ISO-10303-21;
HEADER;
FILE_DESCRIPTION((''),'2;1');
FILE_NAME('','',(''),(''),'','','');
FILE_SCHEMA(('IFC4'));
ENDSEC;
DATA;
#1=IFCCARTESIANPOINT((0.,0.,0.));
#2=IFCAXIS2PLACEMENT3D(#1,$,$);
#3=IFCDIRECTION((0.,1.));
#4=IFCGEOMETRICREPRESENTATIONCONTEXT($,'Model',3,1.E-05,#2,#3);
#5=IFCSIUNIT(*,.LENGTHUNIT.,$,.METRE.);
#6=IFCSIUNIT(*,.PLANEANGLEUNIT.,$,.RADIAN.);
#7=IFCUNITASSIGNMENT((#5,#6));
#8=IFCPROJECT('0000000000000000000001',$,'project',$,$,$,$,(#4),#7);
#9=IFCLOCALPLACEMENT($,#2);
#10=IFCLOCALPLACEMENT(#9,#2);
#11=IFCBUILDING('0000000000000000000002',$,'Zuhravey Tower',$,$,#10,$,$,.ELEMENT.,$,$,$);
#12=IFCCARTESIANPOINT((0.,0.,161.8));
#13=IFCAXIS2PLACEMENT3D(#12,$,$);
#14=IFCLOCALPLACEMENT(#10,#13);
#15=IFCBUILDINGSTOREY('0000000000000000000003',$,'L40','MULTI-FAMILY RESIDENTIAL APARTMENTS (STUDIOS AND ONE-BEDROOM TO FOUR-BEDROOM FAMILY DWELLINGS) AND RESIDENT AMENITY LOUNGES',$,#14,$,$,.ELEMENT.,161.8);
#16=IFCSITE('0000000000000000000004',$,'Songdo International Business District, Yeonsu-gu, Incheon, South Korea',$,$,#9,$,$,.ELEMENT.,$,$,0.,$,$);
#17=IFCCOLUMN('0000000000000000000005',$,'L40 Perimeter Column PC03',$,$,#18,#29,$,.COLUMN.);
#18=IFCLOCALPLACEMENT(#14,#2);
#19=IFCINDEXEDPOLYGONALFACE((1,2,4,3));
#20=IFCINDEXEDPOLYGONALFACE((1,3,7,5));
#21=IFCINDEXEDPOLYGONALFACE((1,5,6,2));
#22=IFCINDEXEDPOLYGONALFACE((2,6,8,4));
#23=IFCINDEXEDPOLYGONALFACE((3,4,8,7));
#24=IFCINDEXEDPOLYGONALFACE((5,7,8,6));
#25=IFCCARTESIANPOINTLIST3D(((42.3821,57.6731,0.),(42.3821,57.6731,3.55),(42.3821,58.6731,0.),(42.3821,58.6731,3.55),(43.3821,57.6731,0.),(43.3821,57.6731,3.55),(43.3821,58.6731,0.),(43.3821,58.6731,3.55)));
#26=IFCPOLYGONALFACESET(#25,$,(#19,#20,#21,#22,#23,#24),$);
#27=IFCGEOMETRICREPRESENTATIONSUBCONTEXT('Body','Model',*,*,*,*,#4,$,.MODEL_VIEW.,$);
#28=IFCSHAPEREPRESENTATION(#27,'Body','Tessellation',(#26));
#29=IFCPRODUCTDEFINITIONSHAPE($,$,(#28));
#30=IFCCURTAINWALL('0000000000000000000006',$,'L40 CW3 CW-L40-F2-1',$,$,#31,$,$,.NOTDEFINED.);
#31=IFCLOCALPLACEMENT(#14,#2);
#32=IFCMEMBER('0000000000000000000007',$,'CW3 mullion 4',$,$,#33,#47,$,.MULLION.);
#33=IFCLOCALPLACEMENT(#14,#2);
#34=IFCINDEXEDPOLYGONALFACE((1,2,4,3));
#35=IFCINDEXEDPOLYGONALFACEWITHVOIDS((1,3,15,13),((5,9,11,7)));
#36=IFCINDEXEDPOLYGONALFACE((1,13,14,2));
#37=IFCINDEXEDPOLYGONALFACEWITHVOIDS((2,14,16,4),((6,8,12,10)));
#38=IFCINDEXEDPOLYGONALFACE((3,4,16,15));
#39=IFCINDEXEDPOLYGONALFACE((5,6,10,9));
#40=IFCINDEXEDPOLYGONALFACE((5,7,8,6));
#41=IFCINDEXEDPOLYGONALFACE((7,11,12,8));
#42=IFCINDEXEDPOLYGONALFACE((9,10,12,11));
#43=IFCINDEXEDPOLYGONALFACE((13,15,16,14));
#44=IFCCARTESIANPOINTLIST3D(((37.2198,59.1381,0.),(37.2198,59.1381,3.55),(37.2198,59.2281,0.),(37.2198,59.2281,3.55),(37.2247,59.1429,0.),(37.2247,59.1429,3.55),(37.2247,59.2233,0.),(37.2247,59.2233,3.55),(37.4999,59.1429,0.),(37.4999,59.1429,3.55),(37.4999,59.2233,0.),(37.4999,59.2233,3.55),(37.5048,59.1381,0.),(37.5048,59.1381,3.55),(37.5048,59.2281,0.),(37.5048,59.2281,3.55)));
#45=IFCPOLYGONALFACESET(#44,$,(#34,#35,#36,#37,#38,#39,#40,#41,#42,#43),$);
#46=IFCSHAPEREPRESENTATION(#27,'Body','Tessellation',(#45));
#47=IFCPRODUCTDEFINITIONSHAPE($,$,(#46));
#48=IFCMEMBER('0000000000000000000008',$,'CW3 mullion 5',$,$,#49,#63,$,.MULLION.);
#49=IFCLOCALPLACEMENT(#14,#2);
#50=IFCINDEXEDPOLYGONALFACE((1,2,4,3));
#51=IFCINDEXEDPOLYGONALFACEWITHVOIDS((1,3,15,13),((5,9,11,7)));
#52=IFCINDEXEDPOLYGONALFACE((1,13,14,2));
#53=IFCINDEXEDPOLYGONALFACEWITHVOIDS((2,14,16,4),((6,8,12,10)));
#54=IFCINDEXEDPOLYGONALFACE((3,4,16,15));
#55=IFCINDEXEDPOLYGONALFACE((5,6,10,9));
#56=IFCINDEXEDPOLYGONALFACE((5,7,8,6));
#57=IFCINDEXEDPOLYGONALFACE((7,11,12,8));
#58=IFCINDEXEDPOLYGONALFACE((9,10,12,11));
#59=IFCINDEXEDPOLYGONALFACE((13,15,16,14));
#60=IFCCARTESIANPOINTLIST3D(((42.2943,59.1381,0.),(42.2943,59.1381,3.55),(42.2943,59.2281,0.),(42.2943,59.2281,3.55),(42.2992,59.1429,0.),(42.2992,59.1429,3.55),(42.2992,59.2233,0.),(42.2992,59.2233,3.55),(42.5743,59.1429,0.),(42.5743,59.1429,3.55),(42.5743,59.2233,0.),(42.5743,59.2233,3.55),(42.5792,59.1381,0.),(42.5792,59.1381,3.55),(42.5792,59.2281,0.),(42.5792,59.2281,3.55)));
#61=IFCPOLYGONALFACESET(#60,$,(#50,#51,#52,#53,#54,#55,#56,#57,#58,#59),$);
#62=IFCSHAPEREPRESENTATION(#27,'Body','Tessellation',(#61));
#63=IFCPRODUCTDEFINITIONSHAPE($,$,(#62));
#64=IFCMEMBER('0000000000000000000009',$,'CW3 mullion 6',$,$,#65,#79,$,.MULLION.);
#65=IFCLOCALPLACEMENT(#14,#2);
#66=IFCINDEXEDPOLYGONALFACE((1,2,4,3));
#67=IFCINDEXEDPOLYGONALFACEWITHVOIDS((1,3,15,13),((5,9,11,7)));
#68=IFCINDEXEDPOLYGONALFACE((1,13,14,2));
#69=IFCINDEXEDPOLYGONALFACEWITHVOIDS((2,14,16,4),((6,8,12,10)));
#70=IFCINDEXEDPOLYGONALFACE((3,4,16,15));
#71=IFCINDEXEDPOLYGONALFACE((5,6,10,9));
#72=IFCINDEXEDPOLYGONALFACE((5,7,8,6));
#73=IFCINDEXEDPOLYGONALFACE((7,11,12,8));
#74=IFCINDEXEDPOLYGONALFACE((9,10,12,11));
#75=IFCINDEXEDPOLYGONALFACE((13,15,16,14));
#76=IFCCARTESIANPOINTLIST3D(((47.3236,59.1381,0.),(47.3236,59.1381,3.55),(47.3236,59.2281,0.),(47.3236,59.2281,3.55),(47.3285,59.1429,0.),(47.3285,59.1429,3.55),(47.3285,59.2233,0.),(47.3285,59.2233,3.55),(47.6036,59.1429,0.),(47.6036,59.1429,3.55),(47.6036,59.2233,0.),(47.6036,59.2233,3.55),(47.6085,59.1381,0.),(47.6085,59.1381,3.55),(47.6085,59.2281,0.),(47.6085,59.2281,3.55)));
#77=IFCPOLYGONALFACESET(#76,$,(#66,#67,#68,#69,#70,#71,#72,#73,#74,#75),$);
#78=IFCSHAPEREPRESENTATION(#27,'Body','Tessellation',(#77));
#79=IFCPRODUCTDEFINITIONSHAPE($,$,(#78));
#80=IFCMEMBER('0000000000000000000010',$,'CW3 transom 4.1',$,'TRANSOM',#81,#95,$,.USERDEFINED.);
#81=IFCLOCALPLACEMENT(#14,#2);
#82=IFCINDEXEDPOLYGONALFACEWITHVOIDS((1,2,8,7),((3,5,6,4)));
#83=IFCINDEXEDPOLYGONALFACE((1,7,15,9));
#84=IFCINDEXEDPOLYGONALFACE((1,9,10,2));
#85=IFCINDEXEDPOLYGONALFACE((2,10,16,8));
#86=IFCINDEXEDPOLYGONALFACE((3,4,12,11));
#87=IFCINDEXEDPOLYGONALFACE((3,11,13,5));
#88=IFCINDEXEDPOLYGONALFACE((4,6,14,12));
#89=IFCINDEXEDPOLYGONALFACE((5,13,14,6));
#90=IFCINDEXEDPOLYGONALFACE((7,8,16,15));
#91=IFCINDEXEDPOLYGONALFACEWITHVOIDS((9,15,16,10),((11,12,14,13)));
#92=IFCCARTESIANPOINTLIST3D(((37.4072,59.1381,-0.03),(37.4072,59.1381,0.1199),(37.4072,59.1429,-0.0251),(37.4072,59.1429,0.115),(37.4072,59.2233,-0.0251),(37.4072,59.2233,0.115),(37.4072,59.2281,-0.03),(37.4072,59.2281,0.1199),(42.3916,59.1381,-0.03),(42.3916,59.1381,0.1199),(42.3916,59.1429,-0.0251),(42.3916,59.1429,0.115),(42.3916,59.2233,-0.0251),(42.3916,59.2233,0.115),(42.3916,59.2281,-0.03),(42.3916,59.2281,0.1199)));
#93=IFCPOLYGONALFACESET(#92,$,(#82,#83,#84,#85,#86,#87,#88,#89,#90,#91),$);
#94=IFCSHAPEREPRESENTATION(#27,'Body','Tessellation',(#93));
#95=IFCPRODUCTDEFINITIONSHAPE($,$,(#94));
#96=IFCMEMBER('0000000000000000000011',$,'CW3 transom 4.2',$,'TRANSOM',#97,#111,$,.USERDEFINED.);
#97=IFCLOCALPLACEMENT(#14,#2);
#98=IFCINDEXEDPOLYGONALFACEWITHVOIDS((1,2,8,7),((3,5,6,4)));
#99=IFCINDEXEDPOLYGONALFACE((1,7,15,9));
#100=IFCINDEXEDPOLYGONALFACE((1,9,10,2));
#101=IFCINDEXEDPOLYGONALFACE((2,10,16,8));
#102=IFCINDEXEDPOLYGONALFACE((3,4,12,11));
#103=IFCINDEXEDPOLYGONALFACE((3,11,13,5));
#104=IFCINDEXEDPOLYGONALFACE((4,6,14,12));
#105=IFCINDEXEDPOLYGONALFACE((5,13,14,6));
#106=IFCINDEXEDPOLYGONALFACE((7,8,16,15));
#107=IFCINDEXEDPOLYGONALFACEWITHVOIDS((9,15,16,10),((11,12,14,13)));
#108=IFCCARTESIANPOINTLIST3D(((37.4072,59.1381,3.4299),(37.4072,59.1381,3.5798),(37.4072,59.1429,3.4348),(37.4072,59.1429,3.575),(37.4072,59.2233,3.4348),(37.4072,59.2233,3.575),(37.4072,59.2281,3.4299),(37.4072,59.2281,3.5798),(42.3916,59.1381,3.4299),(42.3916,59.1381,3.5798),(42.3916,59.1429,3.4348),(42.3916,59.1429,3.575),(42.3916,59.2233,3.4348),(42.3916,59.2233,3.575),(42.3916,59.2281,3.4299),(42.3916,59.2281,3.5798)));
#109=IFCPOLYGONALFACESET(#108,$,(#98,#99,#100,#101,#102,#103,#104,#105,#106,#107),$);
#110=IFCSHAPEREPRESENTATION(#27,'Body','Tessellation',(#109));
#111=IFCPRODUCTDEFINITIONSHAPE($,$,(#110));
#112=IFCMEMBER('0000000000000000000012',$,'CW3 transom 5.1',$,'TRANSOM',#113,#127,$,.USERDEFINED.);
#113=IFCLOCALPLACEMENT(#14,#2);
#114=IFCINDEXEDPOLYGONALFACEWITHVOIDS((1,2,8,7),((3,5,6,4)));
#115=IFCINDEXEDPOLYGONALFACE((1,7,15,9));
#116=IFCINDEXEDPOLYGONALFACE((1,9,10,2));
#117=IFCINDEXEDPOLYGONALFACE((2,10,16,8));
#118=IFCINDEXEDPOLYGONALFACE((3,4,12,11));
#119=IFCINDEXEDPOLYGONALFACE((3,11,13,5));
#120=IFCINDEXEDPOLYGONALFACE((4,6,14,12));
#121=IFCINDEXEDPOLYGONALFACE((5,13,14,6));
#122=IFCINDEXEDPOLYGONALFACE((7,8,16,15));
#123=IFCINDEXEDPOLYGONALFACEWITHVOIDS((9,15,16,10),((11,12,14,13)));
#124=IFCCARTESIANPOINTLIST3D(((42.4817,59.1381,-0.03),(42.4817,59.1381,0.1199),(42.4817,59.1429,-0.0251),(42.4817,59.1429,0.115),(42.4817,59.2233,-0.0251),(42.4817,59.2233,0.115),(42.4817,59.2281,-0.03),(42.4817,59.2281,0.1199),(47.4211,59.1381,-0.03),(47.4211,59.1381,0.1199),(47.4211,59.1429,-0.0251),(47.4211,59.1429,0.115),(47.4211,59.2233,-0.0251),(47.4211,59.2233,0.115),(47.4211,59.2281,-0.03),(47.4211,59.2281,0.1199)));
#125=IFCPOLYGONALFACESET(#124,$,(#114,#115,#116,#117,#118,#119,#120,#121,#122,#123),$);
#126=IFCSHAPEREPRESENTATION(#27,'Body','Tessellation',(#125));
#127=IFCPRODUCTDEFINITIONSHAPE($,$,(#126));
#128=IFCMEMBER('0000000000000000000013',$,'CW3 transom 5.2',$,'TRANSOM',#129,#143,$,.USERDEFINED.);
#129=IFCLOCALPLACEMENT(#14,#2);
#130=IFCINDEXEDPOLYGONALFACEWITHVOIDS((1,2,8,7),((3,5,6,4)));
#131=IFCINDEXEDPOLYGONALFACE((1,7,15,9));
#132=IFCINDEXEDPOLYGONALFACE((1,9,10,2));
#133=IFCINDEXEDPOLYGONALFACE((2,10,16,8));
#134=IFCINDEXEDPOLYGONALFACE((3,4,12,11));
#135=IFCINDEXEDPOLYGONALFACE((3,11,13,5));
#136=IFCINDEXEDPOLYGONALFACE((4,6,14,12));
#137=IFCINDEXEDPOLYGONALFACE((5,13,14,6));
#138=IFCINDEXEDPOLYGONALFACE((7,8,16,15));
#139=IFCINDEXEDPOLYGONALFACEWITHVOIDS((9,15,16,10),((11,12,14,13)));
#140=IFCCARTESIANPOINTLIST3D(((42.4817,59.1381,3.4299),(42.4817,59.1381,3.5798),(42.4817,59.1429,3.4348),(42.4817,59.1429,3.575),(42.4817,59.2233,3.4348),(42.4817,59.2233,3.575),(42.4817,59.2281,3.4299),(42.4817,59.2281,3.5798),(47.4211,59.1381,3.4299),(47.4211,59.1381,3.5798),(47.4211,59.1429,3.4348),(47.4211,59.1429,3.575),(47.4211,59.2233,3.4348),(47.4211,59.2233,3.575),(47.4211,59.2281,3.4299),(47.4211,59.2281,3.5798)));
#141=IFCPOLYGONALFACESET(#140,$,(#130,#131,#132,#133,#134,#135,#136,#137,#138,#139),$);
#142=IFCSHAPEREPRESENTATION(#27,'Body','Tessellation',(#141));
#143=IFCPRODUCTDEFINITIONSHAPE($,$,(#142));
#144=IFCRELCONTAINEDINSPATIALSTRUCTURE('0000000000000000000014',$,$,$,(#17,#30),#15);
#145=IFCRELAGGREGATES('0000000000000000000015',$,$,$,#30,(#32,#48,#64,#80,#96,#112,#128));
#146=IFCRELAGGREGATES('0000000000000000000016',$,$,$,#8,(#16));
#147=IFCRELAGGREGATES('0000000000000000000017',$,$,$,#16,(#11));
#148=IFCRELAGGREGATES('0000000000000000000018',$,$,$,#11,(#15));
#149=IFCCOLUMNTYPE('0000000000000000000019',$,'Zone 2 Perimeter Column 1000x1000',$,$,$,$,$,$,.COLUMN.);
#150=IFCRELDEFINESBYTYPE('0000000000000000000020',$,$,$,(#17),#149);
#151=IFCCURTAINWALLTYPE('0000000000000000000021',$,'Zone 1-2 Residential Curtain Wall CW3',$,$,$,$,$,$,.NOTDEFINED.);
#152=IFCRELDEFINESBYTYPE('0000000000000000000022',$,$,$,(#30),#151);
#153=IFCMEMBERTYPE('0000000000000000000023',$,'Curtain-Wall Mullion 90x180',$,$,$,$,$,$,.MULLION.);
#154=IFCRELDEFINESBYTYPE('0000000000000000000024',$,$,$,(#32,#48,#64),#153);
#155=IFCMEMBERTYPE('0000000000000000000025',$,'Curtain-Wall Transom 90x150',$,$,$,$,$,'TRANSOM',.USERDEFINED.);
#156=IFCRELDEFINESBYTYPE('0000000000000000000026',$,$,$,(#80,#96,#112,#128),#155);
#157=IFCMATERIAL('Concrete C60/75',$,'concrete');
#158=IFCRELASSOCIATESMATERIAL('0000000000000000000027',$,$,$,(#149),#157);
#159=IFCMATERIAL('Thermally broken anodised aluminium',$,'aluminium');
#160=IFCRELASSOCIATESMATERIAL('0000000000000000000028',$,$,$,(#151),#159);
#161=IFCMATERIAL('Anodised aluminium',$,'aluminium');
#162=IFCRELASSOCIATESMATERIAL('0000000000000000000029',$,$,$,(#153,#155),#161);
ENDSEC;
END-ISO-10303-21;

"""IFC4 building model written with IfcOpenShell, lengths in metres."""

from ifc_helpers import new_model, si_unit, direction, frame, origin, origin_2d, place, context, subcontext, project, spatial, rectangle, hollow_rectangle, extrude, material, material_profile, profile_set, type_object, element, aggregate, save


model = new_model("IFC4")

# Units and contexts
model_context = context("Model", 3, precision=1e-05, world=origin(), true_north=direction((0.0, 1.0)))
body_context = subcontext(model_context, "Body", "Model", "MODEL_VIEW")
ifc_project = project(units=[si_unit("LENGTHUNIT", "METRE"), si_unit("PLANEANGLEUNIT", "RADIAN")], contexts=[model_context])

# Site, building, storey
site_placement = place(None, origin())
site = spatial("IfcSite", under=ifc_project, at=site_placement, Name="Songdo International Business District, Yeonsu-gu, Incheon, South Korea", CompositionType="ELEMENT", RefElevation=0.0)
building_placement = place(site_placement, origin())
building = spatial("IfcBuilding", under=site, at=building_placement, Name="Zuhravey Tower", CompositionType="ELEMENT")
storey_placement = place(building_placement, frame((0.0, 0.0, 161.8)))
storey = spatial("IfcBuildingStorey", under=building, at=storey_placement, Name="L40", Description="MULTI-FAMILY RESIDENTIAL APARTMENTS (STUDIOS AND ONE-BEDROOM TO FOUR-BEDROOM FAMILY DWELLINGS) AND RESIDENT AMENITY LOUNGES", CompositionType="ELEMENT", Elevation=161.8)

# Column
ifc_material_1 = material(Name="Concrete C60/75", Category="concrete")
ifc_material_profile_1 = material_profile(ifc_material_1, rectangle(XDim=1.0, YDim=1.0, at=origin_2d()), Name="RC-1000x1000")
ifc_profile_set_1 = profile_set([ifc_material_profile_1], Name="Concrete C60/75")
column_type = type_object("IfcColumnType", Name="Zone 2 Perimeter Column 1000x1000", PredefinedType="COLUMN", material=ifc_profile_set_1)
column_placement = place(storey_placement, frame((42.8821, 58.1731, 0.0), z_axis=(0.0, 0.0, 1.0), x_axis=(-1.0, 0.0, 0.0)))
element("IfcColumn", 1, at=column_placement, inside=storey, type_object=column_type, Name="L40 Perimeter Column PC03", PredefinedType="COLUMN", context=body_context, shape_type="SweptSolid", body=[
    extrude(rectangle(XDim=1.0, YDim=1.0, at=origin_2d()), origin(), (0.0, 0.0, 1.0), 3.55),
])

# Curtain wall, members
ifc_material_2 = material(Name="Thermally broken anodised aluminium", Category="aluminium")
curtain_wall_type = type_object("IfcCurtainWallType", Name="Zone 1-2 Residential Curtain Wall CW3", PredefinedType="NOTDEFINED", material=ifc_material_2)
curtain_wall_placement = place(storey_placement, origin())
curtain_wall = element("IfcCurtainWall", 2, at=curtain_wall_placement, inside=storey, type_object=curtain_wall_type, Name="L40 CW3 CW-L40-F2-1", PredefinedType="NOTDEFINED")
ifc_material_3 = material(Name="Anodised aluminium", Category="aluminium")
ifc_material_profile_2 = material_profile(ifc_material_3, hollow_rectangle(XDim=0.0901, YDim=0.2849, WallThickness=0.0049, at=origin_2d()), Name="ALU-RHS-90x285x5")
ifc_profile_set_2 = profile_set([ifc_material_profile_2], Name="Anodised aluminium")
member_type_1 = type_object("IfcMemberType", Name="Curtain-Wall Mullion 90x180", PredefinedType="MULLION", material=ifc_profile_set_2)
member_1_placement = place(storey_placement, frame((37.3623, 59.1831, 0.0), z_axis=(0.0, 0.0, 1.0), x_axis=(0.0, 1.0, 0.0)))
member_1 = element("IfcMember", 3, at=member_1_placement, type_object=member_type_1, Name="CW3 mullion 4", PredefinedType="MULLION", context=body_context, shape_type="SweptSolid", body=[
    extrude(hollow_rectangle(XDim=0.0901, YDim=0.2849, WallThickness=0.0049, at=origin_2d()), origin(), (0.0, 0.0, 1.0), 3.55),
])
member_2_placement = place(storey_placement, frame((42.4368, 59.1831, 0.0), z_axis=(0.0, 0.0, 1.0), x_axis=(0.0, 1.0, 0.0)))
member_2 = element("IfcMember", 4, at=member_2_placement, type_object=member_type_1, Name="CW3 mullion 5", PredefinedType="MULLION", context=body_context, shape_type="SweptSolid", body=[
    extrude(hollow_rectangle(XDim=0.0901, YDim=0.2849, WallThickness=0.0049, at=origin_2d()), origin(), (0.0, 0.0, 1.0), 3.55),
])
member_3_placement = place(storey_placement, frame((47.4661, 59.1831, 0.0), z_axis=(0.0, 0.0, 1.0), x_axis=(0.0, 1.0, 0.0)))
member_3 = element("IfcMember", 5, at=member_3_placement, type_object=member_type_1, Name="CW3 mullion 6", PredefinedType="MULLION", context=body_context, shape_type="SweptSolid", body=[
    extrude(hollow_rectangle(XDim=0.0901, YDim=0.2849, WallThickness=0.0049, at=origin_2d()), origin(), (0.0, 0.0, 1.0), 3.55),
])
ifc_material_profile_3 = material_profile(ifc_material_3, hollow_rectangle(XDim=0.0901, YDim=0.1499, WallThickness=0.0049, at=origin_2d()), Name="ALU-RHS-90x150x5")
ifc_profile_set_3 = profile_set([ifc_material_profile_3], Name="Anodised aluminium")
member_type_2 = type_object("IfcMemberType", Name="Curtain-Wall Transom 90x150", ElementType="TRANSOM", PredefinedType="USERDEFINED", material=ifc_profile_set_3)
member_4_placement = place(storey_placement, frame((37.4072, 59.1831, 0.0449), z_axis=(1.0, 0.0, 0.0), x_axis=(0.0, 1.0, 0.0)))
member_4 = element("IfcMember", 6, at=member_4_placement, type_object=member_type_2, Name="CW3 transom 4.1", ObjectType="TRANSOM", PredefinedType="USERDEFINED", context=body_context, shape_type="SweptSolid", body=[
    extrude(hollow_rectangle(XDim=0.0901, YDim=0.1499, WallThickness=0.0049, at=origin_2d()), origin(), (0.0, 0.0, 1.0), 4.9844),
])
member_5_placement = place(storey_placement, frame((37.4072, 59.1831, 3.5049), z_axis=(1.0, 0.0, 0.0), x_axis=(0.0, 1.0, 0.0)))
member_5 = element("IfcMember", 7, at=member_5_placement, type_object=member_type_2, Name="CW3 transom 4.2", ObjectType="TRANSOM", PredefinedType="USERDEFINED", context=body_context, shape_type="SweptSolid", body=[
    extrude(hollow_rectangle(XDim=0.0901, YDim=0.1499, WallThickness=0.0049, at=origin_2d()), origin(), (0.0, 0.0, 1.0), 4.9844),
])
member_6_placement = place(storey_placement, frame((42.4817, 59.1831, 0.0449), z_axis=(1.0, 0.0, 0.0), x_axis=(0.0, 1.0, 0.0)))
member_6 = element("IfcMember", 8, at=member_6_placement, type_object=member_type_2, Name="CW3 transom 5.1", ObjectType="TRANSOM", PredefinedType="USERDEFINED", context=body_context, shape_type="SweptSolid", body=[
    extrude(hollow_rectangle(XDim=0.0901, YDim=0.1499, WallThickness=0.0049, at=origin_2d()), origin(), (0.0, 0.0, 1.0), 4.9395),
])
member_7_placement = place(storey_placement, frame((42.4817, 59.1831, 3.5049), z_axis=(1.0, 0.0, 0.0), x_axis=(0.0, 1.0, 0.0)))
member_7 = element("IfcMember", 9, at=member_7_placement, type_object=member_type_2, Name="CW3 transom 5.2", ObjectType="TRANSOM", PredefinedType="USERDEFINED", context=body_context, shape_type="SweptSolid", body=[
    extrude(hollow_rectangle(XDim=0.0901, YDim=0.1499, WallThickness=0.0049, at=origin_2d()), origin(), (0.0, 0.0, 1.0), 4.9395),
])

aggregate(curtain_wall, [member_1, member_2, member_3, member_4, member_5, member_6, member_7])

save(model, "model.ifc")
